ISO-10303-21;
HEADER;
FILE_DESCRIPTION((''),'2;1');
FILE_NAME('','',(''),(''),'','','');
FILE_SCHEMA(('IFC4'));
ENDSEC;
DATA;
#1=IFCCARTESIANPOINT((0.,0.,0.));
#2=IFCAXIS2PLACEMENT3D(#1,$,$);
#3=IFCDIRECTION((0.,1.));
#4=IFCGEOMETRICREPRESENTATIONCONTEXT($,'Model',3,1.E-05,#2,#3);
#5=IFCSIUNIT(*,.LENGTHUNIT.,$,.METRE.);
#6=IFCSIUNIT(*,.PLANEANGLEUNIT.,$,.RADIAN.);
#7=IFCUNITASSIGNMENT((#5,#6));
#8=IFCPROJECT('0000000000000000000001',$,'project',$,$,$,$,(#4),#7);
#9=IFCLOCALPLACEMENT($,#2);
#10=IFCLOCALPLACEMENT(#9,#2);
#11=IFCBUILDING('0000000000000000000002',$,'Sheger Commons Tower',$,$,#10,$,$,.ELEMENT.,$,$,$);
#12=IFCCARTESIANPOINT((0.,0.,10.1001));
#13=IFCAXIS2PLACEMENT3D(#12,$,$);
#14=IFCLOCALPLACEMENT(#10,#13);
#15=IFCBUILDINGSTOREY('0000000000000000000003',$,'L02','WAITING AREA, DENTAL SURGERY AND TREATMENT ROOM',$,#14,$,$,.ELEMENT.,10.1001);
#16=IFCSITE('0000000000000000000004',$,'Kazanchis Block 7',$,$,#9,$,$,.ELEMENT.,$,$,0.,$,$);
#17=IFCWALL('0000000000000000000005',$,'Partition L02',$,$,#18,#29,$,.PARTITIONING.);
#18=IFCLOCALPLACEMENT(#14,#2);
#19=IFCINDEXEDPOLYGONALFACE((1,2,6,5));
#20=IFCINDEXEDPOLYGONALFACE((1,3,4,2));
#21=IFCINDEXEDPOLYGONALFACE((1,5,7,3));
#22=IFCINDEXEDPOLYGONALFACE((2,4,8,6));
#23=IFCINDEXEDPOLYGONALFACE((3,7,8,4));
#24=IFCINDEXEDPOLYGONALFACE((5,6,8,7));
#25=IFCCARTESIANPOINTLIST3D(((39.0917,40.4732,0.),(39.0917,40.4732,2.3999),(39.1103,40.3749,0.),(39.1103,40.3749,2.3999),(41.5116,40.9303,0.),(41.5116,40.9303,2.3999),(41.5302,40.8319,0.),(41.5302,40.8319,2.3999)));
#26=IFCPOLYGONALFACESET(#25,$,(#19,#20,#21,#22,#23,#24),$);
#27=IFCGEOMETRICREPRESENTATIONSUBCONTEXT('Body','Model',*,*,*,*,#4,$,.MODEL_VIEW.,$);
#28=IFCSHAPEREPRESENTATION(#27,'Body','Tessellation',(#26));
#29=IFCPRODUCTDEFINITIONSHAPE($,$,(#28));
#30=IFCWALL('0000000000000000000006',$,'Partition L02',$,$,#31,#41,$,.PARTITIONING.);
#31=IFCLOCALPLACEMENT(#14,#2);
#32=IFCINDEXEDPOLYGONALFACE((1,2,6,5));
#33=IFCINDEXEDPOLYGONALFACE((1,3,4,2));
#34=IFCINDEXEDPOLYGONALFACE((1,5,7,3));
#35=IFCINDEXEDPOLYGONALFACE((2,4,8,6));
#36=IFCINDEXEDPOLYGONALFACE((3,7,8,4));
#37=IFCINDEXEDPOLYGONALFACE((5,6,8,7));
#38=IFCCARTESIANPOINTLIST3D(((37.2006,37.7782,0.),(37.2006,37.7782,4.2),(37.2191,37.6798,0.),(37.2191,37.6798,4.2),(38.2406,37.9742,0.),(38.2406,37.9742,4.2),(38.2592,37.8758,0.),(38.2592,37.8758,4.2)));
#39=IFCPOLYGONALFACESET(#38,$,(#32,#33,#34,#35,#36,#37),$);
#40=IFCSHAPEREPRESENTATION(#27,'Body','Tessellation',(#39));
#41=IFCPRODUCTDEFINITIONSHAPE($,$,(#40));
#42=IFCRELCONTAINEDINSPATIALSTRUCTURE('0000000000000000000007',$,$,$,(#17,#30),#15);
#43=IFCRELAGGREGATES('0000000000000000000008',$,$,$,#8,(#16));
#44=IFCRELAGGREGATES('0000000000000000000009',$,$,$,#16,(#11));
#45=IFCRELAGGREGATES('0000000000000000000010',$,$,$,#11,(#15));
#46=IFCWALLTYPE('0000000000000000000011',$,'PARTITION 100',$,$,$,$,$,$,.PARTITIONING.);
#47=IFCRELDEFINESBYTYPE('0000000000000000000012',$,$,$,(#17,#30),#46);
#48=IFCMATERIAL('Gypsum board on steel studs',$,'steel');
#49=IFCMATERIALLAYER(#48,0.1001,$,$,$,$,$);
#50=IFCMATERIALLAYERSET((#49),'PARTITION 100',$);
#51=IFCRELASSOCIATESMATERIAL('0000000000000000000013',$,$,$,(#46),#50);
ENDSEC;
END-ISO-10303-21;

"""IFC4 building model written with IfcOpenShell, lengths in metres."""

from ifc_helpers import new_model, si_unit, direction, frame, frame_2d, origin, place, context, subcontext, project, spatial, rectangle, extrude, material, layer, layer_set, type_object, element, save


model = new_model("IFC4")

# Units and contexts
model_context = context("Model", 3, precision=1e-05, world=origin(), true_north=direction((0.0, 1.0)))
body_context = subcontext(model_context, "Body", "Model", "MODEL_VIEW")
ifc_project = project(units=[si_unit("LENGTHUNIT", "METRE"), si_unit("PLANEANGLEUNIT", "RADIAN")], contexts=[model_context])

# Site, building, storey
site_placement = place(None, origin())
site = spatial("IfcSite", under=ifc_project, at=site_placement, Name="Kazanchis Block 7", CompositionType="ELEMENT", RefElevation=0.0)
building_placement = place(site_placement, origin())
building = spatial("IfcBuilding", under=site, at=building_placement, Name="Sheger Commons Tower", CompositionType="ELEMENT")
storey_placement = place(building_placement, frame((0.0, 0.0, 10.1001)))
storey = spatial("IfcBuildingStorey", under=building, at=storey_placement, Name="L02", Description="WAITING AREA, DENTAL SURGERY AND TREATMENT ROOM", CompositionType="ELEMENT", Elevation=10.1001)

# Shared definitions
ifc_material_1 = material(Name="Gypsum board on steel studs", Category="steel")
ifc_layer_1 = layer(ifc_material_1, 0.1001)
ifc_layer_set_1 = layer_set([ifc_layer_1], Name="PARTITION 100")
wall_type_1 = type_object("IfcWallType", Name="PARTITION 100", PredefinedType="PARTITIONING", material=ifc_layer_set_1)

# Walls
wall_1_placement = place(storey_placement, frame((41.521, 40.8811, 0.0), z_axis=(0.0, 0.0, 1.0), x_axis=(-0.982629, -0.185581, 0.0)))
element("IfcWall", 1, at=wall_1_placement, inside=storey, type_object=wall_type_1, Name="Partition L02", PredefinedType="PARTITIONING", context=body_context, shape_type="SweptSolid", body=[
    extrude(rectangle(XDim=2.4626, YDim=0.1001, at=frame_2d((1.2314, 0.0))), origin(), (0.0, 0.0, 1.0), 2.3999),
])
wall_2_placement = place(storey_placement, frame((38.25, 37.925, 0.0), z_axis=(0.0, 0.0, 1.0), x_axis=(-0.982694, -0.185236, 0.0)))
element("IfcWall", 2, at=wall_2_placement, inside=storey, type_object=wall_type_1, Name="Partition L02", PredefinedType="PARTITIONING", context=body_context, shape_type="SweptSolid", body=[
    extrude(rectangle(XDim=1.0583, YDim=0.1001, at=frame_2d((0.5293, 0.0))), origin(), (0.0, 0.0, 1.0), 4.2),
])

save(model, "model.ifc")
